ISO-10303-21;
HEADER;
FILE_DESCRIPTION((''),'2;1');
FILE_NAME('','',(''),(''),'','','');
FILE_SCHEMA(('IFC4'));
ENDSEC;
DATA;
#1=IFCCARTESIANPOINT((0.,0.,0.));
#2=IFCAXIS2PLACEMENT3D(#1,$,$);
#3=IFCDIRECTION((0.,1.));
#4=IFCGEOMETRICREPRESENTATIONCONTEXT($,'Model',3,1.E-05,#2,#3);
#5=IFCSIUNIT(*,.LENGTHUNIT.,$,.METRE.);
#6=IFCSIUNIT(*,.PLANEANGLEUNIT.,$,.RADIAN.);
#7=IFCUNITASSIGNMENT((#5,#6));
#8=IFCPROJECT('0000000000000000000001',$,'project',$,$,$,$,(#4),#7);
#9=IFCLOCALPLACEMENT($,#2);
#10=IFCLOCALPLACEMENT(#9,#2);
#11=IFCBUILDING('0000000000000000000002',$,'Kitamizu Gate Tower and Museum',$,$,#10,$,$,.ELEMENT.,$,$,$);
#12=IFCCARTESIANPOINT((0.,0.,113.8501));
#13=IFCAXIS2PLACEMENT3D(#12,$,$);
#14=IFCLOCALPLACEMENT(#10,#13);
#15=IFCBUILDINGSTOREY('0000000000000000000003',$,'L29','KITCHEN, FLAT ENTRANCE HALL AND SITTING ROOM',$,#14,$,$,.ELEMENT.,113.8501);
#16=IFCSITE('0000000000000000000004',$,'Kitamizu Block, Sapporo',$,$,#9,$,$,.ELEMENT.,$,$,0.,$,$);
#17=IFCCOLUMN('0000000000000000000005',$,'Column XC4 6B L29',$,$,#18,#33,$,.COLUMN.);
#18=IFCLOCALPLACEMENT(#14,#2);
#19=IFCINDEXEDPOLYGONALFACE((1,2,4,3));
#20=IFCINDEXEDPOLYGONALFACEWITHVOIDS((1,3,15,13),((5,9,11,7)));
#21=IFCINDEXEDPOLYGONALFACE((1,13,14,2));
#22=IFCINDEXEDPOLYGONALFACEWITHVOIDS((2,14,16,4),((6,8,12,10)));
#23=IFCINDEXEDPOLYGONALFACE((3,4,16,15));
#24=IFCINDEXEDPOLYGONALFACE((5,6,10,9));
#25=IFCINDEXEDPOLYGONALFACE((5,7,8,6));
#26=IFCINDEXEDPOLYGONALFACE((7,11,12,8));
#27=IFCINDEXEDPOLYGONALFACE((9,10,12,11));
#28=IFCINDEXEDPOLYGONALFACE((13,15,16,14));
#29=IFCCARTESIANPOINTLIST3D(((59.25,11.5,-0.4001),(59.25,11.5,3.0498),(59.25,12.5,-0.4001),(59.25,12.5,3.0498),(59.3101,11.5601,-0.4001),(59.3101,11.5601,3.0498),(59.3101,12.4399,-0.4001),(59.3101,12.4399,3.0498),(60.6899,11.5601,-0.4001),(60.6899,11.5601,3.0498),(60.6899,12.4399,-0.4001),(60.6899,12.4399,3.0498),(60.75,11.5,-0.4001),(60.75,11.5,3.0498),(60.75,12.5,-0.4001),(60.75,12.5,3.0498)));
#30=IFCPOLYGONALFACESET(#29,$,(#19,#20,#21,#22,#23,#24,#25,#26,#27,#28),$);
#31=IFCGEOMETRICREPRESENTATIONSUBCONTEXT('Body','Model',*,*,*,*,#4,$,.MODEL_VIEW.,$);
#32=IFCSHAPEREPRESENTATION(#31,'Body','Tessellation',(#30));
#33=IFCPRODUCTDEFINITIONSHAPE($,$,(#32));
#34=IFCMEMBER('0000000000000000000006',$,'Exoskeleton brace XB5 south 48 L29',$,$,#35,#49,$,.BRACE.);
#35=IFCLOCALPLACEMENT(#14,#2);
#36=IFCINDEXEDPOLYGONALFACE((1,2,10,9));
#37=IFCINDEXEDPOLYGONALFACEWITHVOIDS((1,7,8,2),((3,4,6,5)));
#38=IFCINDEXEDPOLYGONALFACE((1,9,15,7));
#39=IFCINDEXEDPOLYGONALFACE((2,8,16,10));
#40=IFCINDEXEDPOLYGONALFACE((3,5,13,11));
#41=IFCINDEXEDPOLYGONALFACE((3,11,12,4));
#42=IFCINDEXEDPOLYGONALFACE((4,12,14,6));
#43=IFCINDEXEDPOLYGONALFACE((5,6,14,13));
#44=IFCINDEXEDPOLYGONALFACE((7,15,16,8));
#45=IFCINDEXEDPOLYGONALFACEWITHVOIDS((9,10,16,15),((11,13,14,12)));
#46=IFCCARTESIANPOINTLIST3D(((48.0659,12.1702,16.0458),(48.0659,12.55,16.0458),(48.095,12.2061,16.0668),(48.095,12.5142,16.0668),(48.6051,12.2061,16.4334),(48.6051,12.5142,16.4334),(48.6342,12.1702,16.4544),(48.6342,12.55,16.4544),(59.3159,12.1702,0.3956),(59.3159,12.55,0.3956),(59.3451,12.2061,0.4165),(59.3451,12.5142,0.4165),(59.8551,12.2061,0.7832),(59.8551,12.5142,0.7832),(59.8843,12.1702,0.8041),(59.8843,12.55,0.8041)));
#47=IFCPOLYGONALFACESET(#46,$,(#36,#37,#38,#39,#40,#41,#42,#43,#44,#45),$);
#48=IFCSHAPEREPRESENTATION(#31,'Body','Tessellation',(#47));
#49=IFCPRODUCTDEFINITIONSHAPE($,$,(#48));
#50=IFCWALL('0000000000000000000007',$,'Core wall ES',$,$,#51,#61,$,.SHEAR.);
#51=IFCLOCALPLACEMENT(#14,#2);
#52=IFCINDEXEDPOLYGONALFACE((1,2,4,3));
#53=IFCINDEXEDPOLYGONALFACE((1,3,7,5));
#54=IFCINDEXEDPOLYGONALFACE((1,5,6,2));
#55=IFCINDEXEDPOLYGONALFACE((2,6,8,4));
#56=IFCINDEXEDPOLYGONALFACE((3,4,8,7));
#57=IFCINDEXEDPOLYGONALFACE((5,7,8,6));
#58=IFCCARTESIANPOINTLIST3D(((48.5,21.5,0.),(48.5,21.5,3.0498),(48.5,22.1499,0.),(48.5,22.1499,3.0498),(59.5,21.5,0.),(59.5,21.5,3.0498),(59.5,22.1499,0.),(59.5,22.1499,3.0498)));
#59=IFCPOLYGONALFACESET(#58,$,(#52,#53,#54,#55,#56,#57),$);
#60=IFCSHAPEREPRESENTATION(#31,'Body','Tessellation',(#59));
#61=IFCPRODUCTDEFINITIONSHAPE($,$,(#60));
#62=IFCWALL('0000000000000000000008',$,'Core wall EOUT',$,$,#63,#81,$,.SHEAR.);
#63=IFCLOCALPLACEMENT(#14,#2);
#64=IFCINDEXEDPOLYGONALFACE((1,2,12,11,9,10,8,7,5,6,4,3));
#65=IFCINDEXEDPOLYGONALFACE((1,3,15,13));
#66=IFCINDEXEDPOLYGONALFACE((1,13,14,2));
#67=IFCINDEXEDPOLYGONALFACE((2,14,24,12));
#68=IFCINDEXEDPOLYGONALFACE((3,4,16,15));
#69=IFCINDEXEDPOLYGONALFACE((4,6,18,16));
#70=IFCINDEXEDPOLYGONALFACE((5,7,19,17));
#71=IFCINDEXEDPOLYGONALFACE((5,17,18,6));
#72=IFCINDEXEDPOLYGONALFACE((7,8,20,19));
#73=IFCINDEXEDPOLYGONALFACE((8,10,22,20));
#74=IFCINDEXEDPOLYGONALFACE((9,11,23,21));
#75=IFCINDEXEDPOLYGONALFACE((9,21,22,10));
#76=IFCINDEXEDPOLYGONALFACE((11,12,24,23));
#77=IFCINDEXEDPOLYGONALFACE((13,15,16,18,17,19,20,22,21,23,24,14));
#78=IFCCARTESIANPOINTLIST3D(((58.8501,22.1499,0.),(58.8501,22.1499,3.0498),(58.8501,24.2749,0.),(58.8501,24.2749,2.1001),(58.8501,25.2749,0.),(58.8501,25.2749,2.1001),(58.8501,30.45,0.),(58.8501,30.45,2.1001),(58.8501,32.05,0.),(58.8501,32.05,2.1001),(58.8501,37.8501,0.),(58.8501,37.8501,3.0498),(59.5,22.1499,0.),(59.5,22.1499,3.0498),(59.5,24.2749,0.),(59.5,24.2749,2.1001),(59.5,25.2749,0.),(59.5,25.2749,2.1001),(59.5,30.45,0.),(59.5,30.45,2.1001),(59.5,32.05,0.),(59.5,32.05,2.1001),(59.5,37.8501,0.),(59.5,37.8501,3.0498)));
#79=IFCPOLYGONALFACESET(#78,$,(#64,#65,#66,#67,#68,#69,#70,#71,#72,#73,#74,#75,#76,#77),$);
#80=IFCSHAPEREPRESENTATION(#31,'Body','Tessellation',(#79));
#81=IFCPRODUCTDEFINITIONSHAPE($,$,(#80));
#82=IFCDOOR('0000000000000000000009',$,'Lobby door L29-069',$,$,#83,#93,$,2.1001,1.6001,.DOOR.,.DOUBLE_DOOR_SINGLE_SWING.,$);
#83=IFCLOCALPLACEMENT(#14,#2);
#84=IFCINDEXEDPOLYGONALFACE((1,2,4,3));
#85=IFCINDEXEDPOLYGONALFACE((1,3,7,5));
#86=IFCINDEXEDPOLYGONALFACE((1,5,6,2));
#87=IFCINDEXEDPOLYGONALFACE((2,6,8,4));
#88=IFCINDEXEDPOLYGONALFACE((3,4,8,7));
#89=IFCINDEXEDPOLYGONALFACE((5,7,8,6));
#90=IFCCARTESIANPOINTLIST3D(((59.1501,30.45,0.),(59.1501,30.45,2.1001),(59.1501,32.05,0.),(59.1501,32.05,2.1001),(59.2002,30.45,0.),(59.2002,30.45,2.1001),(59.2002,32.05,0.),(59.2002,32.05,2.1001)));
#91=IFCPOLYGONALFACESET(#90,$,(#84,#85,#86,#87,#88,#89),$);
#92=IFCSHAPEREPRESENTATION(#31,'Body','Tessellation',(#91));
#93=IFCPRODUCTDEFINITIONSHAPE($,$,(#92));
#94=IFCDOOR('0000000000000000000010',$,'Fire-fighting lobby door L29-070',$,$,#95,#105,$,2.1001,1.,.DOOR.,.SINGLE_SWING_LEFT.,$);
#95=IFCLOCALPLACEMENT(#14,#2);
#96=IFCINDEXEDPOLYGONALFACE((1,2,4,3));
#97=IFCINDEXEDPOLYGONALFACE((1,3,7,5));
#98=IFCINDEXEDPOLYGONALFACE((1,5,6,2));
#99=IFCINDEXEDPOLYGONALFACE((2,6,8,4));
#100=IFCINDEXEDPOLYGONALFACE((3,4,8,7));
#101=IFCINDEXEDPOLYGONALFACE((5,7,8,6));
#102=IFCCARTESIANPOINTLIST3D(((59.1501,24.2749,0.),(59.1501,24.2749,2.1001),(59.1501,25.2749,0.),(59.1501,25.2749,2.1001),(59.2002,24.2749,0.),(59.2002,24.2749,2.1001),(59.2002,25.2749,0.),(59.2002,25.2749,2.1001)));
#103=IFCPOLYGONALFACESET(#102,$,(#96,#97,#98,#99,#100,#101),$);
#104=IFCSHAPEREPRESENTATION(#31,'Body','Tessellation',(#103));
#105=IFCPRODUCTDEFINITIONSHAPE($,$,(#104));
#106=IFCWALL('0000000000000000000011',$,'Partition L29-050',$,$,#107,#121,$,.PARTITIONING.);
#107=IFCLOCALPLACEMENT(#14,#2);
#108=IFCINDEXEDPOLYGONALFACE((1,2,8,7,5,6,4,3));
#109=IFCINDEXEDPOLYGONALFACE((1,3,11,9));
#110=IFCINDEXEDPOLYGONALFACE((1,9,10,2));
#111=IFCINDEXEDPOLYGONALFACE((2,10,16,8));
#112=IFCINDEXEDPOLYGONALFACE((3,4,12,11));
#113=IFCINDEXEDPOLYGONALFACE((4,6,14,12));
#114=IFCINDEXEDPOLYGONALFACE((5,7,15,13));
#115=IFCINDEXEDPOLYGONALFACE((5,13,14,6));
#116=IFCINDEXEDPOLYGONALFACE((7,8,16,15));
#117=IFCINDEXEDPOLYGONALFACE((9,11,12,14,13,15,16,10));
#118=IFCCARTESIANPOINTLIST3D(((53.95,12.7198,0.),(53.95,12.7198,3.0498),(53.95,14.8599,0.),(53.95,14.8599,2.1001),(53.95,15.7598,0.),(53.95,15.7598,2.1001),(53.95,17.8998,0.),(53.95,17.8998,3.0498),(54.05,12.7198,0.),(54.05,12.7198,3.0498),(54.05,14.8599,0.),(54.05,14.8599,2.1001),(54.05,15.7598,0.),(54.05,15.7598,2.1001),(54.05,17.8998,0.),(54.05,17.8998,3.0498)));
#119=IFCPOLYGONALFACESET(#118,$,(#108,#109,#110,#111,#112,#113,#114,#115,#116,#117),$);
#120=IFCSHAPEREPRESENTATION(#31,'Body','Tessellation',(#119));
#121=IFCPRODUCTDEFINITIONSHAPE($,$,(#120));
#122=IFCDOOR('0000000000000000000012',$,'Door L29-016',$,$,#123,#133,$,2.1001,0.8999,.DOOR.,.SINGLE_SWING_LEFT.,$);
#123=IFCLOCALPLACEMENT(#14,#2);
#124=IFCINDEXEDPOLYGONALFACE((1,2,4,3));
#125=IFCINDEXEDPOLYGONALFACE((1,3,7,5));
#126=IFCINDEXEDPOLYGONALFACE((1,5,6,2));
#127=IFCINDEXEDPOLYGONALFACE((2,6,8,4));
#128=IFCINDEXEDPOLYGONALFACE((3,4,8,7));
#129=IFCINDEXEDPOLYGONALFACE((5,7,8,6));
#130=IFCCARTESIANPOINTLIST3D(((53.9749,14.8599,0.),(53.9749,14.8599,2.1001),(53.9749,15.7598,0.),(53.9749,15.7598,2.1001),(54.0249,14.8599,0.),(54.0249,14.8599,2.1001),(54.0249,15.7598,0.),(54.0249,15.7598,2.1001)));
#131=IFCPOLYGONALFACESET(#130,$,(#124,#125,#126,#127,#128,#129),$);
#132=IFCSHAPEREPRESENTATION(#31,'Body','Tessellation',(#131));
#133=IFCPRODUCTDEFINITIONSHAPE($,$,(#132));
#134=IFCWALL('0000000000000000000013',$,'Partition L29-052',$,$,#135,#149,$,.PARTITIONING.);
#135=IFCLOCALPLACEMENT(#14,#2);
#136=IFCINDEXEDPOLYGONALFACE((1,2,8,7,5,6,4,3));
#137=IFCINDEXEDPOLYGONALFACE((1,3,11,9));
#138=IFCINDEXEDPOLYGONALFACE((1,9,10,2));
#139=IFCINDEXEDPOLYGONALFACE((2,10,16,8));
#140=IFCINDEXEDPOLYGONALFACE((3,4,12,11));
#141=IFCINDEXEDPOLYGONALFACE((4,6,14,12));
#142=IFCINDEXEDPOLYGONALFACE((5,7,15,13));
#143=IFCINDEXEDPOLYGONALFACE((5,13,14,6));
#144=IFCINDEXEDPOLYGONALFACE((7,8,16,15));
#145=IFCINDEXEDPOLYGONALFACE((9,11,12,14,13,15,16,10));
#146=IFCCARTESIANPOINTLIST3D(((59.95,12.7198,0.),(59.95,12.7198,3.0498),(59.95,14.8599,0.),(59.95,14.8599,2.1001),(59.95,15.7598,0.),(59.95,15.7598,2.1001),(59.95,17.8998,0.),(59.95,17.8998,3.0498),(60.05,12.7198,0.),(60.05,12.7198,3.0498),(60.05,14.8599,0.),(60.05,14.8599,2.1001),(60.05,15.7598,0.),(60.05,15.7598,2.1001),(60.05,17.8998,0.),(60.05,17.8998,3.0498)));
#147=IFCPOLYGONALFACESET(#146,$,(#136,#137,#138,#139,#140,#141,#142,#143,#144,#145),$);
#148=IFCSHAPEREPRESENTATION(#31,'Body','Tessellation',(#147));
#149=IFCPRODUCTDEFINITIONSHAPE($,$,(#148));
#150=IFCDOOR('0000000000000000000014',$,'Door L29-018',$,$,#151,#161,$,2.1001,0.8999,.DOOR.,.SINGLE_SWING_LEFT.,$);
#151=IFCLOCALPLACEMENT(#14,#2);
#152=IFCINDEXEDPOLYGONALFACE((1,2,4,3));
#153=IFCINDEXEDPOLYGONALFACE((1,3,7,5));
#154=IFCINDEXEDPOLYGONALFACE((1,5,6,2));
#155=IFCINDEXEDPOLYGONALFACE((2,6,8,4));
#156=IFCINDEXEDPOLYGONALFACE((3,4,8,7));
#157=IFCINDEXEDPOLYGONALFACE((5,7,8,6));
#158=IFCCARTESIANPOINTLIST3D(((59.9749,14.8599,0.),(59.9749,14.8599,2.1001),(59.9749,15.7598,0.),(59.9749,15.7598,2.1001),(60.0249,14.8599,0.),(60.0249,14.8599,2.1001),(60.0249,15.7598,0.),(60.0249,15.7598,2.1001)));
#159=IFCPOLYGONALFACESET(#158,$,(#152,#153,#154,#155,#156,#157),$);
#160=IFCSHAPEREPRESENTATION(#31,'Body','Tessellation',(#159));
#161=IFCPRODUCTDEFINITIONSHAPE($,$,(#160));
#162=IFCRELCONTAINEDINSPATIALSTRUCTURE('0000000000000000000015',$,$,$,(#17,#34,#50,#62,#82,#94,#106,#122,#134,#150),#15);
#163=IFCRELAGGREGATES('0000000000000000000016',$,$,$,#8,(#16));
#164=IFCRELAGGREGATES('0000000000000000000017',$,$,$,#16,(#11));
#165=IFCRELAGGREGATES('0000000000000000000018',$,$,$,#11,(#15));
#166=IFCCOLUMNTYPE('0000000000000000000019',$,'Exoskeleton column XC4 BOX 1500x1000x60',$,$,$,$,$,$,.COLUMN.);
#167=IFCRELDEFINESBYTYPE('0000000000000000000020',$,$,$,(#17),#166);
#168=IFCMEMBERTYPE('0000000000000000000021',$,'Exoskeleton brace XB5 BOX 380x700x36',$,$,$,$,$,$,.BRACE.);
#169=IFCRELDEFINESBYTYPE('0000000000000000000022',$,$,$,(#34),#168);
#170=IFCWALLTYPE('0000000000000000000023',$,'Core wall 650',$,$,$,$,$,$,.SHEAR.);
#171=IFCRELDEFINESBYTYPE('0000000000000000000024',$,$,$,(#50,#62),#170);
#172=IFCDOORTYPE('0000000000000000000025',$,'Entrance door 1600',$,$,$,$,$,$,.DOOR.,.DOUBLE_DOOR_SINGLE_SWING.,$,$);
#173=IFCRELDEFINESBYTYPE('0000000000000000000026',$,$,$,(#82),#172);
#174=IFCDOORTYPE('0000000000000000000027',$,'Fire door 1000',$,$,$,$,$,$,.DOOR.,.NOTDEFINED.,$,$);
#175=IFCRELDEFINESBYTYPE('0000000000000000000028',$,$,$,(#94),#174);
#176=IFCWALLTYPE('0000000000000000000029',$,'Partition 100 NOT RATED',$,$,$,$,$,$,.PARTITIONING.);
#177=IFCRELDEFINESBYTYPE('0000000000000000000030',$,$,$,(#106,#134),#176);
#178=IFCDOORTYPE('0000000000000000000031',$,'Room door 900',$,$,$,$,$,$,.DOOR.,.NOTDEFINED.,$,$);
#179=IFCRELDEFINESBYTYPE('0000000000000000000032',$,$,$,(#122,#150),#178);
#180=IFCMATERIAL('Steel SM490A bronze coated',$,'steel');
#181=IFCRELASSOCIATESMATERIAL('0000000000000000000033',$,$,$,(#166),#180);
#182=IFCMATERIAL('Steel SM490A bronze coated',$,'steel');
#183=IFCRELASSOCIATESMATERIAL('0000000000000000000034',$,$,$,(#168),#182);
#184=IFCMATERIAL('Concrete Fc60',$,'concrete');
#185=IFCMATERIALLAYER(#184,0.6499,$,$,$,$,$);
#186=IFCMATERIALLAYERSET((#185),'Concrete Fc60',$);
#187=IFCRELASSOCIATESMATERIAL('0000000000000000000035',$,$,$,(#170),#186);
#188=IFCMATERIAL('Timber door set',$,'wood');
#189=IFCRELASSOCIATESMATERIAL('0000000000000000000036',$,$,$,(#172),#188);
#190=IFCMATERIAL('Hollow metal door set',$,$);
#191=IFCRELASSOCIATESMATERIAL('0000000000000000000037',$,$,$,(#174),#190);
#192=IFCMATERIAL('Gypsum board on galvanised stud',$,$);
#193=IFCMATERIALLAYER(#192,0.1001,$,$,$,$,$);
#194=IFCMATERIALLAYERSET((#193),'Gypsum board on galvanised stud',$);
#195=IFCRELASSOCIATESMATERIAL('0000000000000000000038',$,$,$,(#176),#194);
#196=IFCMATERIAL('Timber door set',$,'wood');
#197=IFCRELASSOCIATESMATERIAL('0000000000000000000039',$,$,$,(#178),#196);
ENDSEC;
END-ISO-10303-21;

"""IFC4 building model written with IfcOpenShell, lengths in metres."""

from ifc_helpers import new_model, si_unit, direction, frame, frame_2d, origin, origin_2d, place, context, subcontext, project, spatial, rectangle, hollow_rectangle, extrude, material, layer, layer_set, material_profile, profile_set, type_object, element, fill, save


model = new_model("IFC4")

# Units and contexts
model_context = context("Model", 3, precision=1e-05, world=origin(), true_north=direction((0.0, 1.0)))
body_context = subcontext(model_context, "Body", "Model", "MODEL_VIEW")
ifc_project = project(units=[si_unit("LENGTHUNIT", "METRE"), si_unit("PLANEANGLEUNIT", "RADIAN")], contexts=[model_context])

# Site, building, storey
site_placement = place(None, origin())
site = spatial("IfcSite", under=ifc_project, at=site_placement, Name="Kitamizu Block, Sapporo", CompositionType="ELEMENT", RefElevation=0.0)
building_placement = place(site_placement, origin())
building = spatial("IfcBuilding", under=site, at=building_placement, Name="Kitamizu Gate Tower and Museum", CompositionType="ELEMENT")
storey_placement = place(building_placement, frame((0.0, 0.0, 113.8501)))
storey = spatial("IfcBuildingStorey", under=building, at=storey_placement, Name="L29", Description="KITCHEN, FLAT ENTRANCE HALL AND SITTING ROOM", CompositionType="ELEMENT", Elevation=113.8501)

# Column
ifc_material_1 = material(Name="Steel SM490A bronze coated", Category="steel")
ifc_material_profile_1 = material_profile(ifc_material_1, hollow_rectangle(XDim=1.5, YDim=1.0, WallThickness=0.0601, at=origin_2d()), Name="BOX 1500x1000x60")
ifc_profile_set_1 = profile_set([ifc_material_profile_1], Name="Steel SM490A bronze coated")
column_type = type_object("IfcColumnType", Name="Exoskeleton column XC4 BOX 1500x1000x60", PredefinedType="COLUMN", material=ifc_profile_set_1)
column_placement = place(storey_placement, frame((60.0, 12.0, -0.4001), z_axis=(0.0, 0.0, 1.0), x_axis=(1.0, 0.0, 0.0)))
element("IfcColumn", 1, at=column_placement, inside=storey, type_object=column_type, Name="Column XC4 6B L29", PredefinedType="COLUMN", context=body_context, shape_type="SweptSolid", body=[
    extrude(hollow_rectangle(XDim=1.5, YDim=1.0, WallThickness=0.0601, at=origin_2d()), origin(), (0.0, 0.0, 1.0), 3.45),
])

# Member
ifc_material_2 = material(Name="Steel SM490A bronze coated", Category="steel")
ifc_material_profile_2 = material_profile(ifc_material_2, hollow_rectangle(XDim=0.3799, YDim=0.7, WallThickness=0.0359, at=origin_2d()), Name="BOX 380x700x36")
ifc_profile_set_2 = profile_set([ifc_material_profile_2], Name="Steel SM490A bronze coated")
member_type = type_object("IfcMemberType", Name="Exoskeleton brace XB5 BOX 380x700x36", PredefinedType="BRACE", material=ifc_profile_set_2)
member_placement = place(storey_placement, frame((59.6001, 12.3601, 0.5999), z_axis=(-0.583686, 0.0, 0.81198), x_axis=(0.0, -1.0, 0.0)))
element("IfcMember", 2, at=member_placement, inside=storey, type_object=member_type, Name="Exoskeleton brace XB5 south 48 L29", PredefinedType="BRACE", context=body_context, shape_type="SweptSolid", body=[
    extrude(hollow_rectangle(XDim=0.3799, YDim=0.7, WallThickness=0.0359, at=origin_2d()), origin(), (0.0, 0.0, 1.0), 19.2742),
])

# Wall
ifc_material_3 = material(Name="Concrete Fc60", Category="concrete")
ifc_layer_1 = layer(ifc_material_3, 0.6499)
ifc_layer_set_1 = layer_set([ifc_layer_1], Name="Concrete Fc60")
wall_type_1 = type_object("IfcWallType", Name="Core wall 650", PredefinedType="SHEAR", material=ifc_layer_set_1)
wall_1_placement = place(storey_placement, frame((59.5, 21.825, 0.0), z_axis=(0.0, 0.0, 1.0), x_axis=(-1.0, 0.0, 0.0)))
element("IfcWall", 3, at=wall_1_placement, inside=storey, type_object=wall_type_1, Name="Core wall ES", PredefinedType="SHEAR", context=body_context, shape_type="SweptSolid", body=[
    extrude(rectangle(XDim=11.0, YDim=0.6499, at=frame_2d((5.5, 0.0))), origin(), (0.0, 0.0, 1.0), 3.0498),
])

# Wall, openings, doors
wall_2_placement = place(storey_placement, frame((59.175, 22.1499, 0.0), z_axis=(0.0, 0.0, 1.0), x_axis=(0.0, 1.0, 0.0)))
wall_2 = element("IfcWall", 4, at=wall_2_placement, inside=storey, type_object=wall_type_1, Name="Core wall EOUT", PredefinedType="SHEAR", context=body_context, shape_type="SweptSolid", body=[
    extrude(rectangle(XDim=15.7002, YDim=0.6499, at=frame_2d((7.8501, 0.0))), origin(), (0.0, 0.0, 1.0), 3.0498),
])
opening_1_placement = place(wall_2_placement, frame((8.3, 0.0, 0.0)))
opening_1 = element("IfcOpeningElement", 5, at=opening_1_placement, cuts=wall_2, PredefinedType="OPENING", context=body_context, shape_type="SweptSolid", body=[
    extrude(rectangle(XDim=1.6001, YDim=2.1001, at=frame_2d((0.8, 1.05))), frame((0.0, 0.335, 0.0), z_axis=(0.0, -1.0, 0.0), x_axis=(1.0, 0.0, 0.0)), (0.0, 0.0, 1.0), 0.6699),
])
opening_2_placement = place(wall_2_placement, frame((2.125, 0.0, 0.0)))
opening_2 = element("IfcOpeningElement", 6, at=opening_2_placement, cuts=wall_2, PredefinedType="OPENING", context=body_context, shape_type="SweptSolid", body=[
    extrude(rectangle(XDim=1.0, YDim=2.1001, at=frame_2d((0.5, 1.05))), frame((0.0, 0.335, 0.0), z_axis=(0.0, -1.0, 0.0), x_axis=(1.0, 0.0, 0.0)), (0.0, 0.0, 1.0), 0.6699),
])
ifc_material_4 = material(Name="Timber door set", Category="wood")
door_type_1 = type_object("IfcDoorType", Name="Entrance door 1600", OperationType="DOUBLE_DOOR_SINGLE_SWING", PredefinedType="DOOR", material=ifc_material_4)
door_1_placement = place(opening_1_placement, origin())
door_1 = element("IfcDoor", 7, at=door_1_placement, inside=storey, type_object=door_type_1, Name="Lobby door L29-069", OperationType="DOUBLE_DOOR_SINGLE_SWING", OverallHeight=2.1001, OverallWidth=1.6001, PredefinedType="DOOR", context=body_context, shape_type="SweptSolid", body=[
    extrude(rectangle(XDim=1.6001, YDim=2.1001, at=frame_2d((0.8, 1.05))), frame((0.0, 0.0249, 0.0), z_axis=(0.0, -1.0, 0.0), x_axis=(1.0, 0.0, 0.0)), (0.0, 0.0, 1.0), 0.05),
])
fill(opening_1, door_1)
ifc_material_5 = material(Name="Hollow metal door set")
door_type_2 = type_object("IfcDoorType", Name="Fire door 1000", OperationType="NOTDEFINED", PredefinedType="DOOR", material=ifc_material_5)
door_2_placement = place(opening_2_placement, origin())
door_2 = element("IfcDoor", 8, at=door_2_placement, inside=storey, type_object=door_type_2, Name="Fire-fighting lobby door L29-070", OperationType="SINGLE_SWING_LEFT", OverallHeight=2.1001, OverallWidth=1.0, PredefinedType="DOOR", context=body_context, shape_type="SweptSolid", body=[
    extrude(rectangle(XDim=1.0, YDim=2.1001, at=frame_2d((0.5, 1.05))), frame((0.0, 0.0249, 0.0), z_axis=(0.0, -1.0, 0.0), x_axis=(1.0, 0.0, 0.0)), (0.0, 0.0, 1.0), 0.05),
])
fill(opening_2, door_2)

# Walls, openings, doors
ifc_material_6 = material(Name="Gypsum board on galvanised stud")
ifc_layer_2 = layer(ifc_material_6, 0.1001)
ifc_layer_set_2 = layer_set([ifc_layer_2], Name="Gypsum board on galvanised stud")
wall_type_2 = type_object("IfcWallType", Name="Partition 100 NOT RATED", PredefinedType="PARTITIONING", material=ifc_layer_set_2)
wall_3_placement = place(storey_placement, frame((54.0, 12.72, 0.0), z_axis=(0.0, 0.0, 1.0), x_axis=(0.0, 1.0, 0.0)))
wall_3 = element("IfcWall", 9, at=wall_3_placement, inside=storey, type_object=wall_type_2, Name="Partition L29-050", PredefinedType="PARTITIONING", context=body_context, shape_type="SweptSolid", body=[
    extrude(rectangle(XDim=5.1799, YDim=0.1001, at=frame_2d((2.5898, 0.0))), origin(), (0.0, 0.0, 1.0), 3.0498),
])
opening_3_placement = place(wall_3_placement, frame((2.1399, 0.0, 0.0)))
opening_3 = element("IfcOpeningElement", 10, at=opening_3_placement, cuts=wall_3, PredefinedType="OPENING", context=body_context, shape_type="SweptSolid", body=[
    extrude(rectangle(XDim=0.8999, YDim=2.1001, at=frame_2d((0.45, 1.05))), frame((0.0, 0.0601, 0.0), z_axis=(0.0, -1.0, 0.0), x_axis=(1.0, 0.0, 0.0)), (0.0, 0.0, 1.0), 0.1201),
])
ifc_material_7 = material(Name="Timber door set", Category="wood")
door_type_3 = type_object("IfcDoorType", Name="Room door 900", OperationType="NOTDEFINED", PredefinedType="DOOR", material=ifc_material_7)
door_3_placement = place(opening_3_placement, frame((0.8999, 0.0, 0.0), x_axis=(-1.0, 0.0, 0.0)))
door_3 = element("IfcDoor", 11, at=door_3_placement, inside=storey, type_object=door_type_3, Name="Door L29-016", OperationType="SINGLE_SWING_LEFT", OverallHeight=2.1001, OverallWidth=0.8999, PredefinedType="DOOR", context=body_context, shape_type="SweptSolid", body=[
    extrude(rectangle(XDim=0.8999, YDim=2.1001, at=frame_2d((0.45, 1.05))), frame((0.0, 0.0249, 0.0), z_axis=(0.0, -1.0, 0.0), x_axis=(1.0, 0.0, 0.0)), (0.0, 0.0, 1.0), 0.05),
])
fill(opening_3, door_3)
wall_4_placement = place(storey_placement, frame((60.0, 12.72, 0.0), z_axis=(0.0, 0.0, 1.0), x_axis=(0.0, 1.0, 0.0)))
wall_4 = element("IfcWall", 12, at=wall_4_placement, inside=storey, type_object=wall_type_2, Name="Partition L29-052", PredefinedType="PARTITIONING", context=body_context, shape_type="SweptSolid", body=[
    extrude(rectangle(XDim=5.1799, YDim=0.1001, at=frame_2d((2.5898, 0.0))), origin(), (0.0, 0.0, 1.0), 3.0498),
])
opening_4_placement = place(wall_4_placement, frame((2.1399, 0.0, 0.0)))
opening_4 = element("IfcOpeningElement", 13, at=opening_4_placement, cuts=wall_4, PredefinedType="OPENING", context=body_context, shape_type="SweptSolid", body=[
    extrude(rectangle(XDim=0.8999, YDim=2.1001, at=frame_2d((0.45, 1.05))), frame((0.0, 0.0601, 0.0), z_axis=(0.0, -1.0, 0.0), x_axis=(1.0, 0.0, 0.0)), (0.0, 0.0, 1.0), 0.1201),
])
door_4_placement = place(opening_4_placement, frame((0.8999, 0.0, 0.0), x_axis=(-1.0, 0.0, 0.0)))
door_4 = element("IfcDoor", 14, at=door_4_placement, inside=storey, type_object=door_type_3, Name="Door L29-018", OperationType="SINGLE_SWING_LEFT", OverallHeight=2.1001, OverallWidth=0.8999, PredefinedType="DOOR", context=body_context, shape_type="SweptSolid", body=[
    extrude(rectangle(XDim=0.8999, YDim=2.1001, at=frame_2d((0.45, 1.05))), frame((0.0, 0.0249, 0.0), z_axis=(0.0, -1.0, 0.0), x_axis=(1.0, 0.0, 0.0)), (0.0, 0.0, 1.0), 0.05),
])
fill(opening_4, door_4)

save(model, "model.ifc")
